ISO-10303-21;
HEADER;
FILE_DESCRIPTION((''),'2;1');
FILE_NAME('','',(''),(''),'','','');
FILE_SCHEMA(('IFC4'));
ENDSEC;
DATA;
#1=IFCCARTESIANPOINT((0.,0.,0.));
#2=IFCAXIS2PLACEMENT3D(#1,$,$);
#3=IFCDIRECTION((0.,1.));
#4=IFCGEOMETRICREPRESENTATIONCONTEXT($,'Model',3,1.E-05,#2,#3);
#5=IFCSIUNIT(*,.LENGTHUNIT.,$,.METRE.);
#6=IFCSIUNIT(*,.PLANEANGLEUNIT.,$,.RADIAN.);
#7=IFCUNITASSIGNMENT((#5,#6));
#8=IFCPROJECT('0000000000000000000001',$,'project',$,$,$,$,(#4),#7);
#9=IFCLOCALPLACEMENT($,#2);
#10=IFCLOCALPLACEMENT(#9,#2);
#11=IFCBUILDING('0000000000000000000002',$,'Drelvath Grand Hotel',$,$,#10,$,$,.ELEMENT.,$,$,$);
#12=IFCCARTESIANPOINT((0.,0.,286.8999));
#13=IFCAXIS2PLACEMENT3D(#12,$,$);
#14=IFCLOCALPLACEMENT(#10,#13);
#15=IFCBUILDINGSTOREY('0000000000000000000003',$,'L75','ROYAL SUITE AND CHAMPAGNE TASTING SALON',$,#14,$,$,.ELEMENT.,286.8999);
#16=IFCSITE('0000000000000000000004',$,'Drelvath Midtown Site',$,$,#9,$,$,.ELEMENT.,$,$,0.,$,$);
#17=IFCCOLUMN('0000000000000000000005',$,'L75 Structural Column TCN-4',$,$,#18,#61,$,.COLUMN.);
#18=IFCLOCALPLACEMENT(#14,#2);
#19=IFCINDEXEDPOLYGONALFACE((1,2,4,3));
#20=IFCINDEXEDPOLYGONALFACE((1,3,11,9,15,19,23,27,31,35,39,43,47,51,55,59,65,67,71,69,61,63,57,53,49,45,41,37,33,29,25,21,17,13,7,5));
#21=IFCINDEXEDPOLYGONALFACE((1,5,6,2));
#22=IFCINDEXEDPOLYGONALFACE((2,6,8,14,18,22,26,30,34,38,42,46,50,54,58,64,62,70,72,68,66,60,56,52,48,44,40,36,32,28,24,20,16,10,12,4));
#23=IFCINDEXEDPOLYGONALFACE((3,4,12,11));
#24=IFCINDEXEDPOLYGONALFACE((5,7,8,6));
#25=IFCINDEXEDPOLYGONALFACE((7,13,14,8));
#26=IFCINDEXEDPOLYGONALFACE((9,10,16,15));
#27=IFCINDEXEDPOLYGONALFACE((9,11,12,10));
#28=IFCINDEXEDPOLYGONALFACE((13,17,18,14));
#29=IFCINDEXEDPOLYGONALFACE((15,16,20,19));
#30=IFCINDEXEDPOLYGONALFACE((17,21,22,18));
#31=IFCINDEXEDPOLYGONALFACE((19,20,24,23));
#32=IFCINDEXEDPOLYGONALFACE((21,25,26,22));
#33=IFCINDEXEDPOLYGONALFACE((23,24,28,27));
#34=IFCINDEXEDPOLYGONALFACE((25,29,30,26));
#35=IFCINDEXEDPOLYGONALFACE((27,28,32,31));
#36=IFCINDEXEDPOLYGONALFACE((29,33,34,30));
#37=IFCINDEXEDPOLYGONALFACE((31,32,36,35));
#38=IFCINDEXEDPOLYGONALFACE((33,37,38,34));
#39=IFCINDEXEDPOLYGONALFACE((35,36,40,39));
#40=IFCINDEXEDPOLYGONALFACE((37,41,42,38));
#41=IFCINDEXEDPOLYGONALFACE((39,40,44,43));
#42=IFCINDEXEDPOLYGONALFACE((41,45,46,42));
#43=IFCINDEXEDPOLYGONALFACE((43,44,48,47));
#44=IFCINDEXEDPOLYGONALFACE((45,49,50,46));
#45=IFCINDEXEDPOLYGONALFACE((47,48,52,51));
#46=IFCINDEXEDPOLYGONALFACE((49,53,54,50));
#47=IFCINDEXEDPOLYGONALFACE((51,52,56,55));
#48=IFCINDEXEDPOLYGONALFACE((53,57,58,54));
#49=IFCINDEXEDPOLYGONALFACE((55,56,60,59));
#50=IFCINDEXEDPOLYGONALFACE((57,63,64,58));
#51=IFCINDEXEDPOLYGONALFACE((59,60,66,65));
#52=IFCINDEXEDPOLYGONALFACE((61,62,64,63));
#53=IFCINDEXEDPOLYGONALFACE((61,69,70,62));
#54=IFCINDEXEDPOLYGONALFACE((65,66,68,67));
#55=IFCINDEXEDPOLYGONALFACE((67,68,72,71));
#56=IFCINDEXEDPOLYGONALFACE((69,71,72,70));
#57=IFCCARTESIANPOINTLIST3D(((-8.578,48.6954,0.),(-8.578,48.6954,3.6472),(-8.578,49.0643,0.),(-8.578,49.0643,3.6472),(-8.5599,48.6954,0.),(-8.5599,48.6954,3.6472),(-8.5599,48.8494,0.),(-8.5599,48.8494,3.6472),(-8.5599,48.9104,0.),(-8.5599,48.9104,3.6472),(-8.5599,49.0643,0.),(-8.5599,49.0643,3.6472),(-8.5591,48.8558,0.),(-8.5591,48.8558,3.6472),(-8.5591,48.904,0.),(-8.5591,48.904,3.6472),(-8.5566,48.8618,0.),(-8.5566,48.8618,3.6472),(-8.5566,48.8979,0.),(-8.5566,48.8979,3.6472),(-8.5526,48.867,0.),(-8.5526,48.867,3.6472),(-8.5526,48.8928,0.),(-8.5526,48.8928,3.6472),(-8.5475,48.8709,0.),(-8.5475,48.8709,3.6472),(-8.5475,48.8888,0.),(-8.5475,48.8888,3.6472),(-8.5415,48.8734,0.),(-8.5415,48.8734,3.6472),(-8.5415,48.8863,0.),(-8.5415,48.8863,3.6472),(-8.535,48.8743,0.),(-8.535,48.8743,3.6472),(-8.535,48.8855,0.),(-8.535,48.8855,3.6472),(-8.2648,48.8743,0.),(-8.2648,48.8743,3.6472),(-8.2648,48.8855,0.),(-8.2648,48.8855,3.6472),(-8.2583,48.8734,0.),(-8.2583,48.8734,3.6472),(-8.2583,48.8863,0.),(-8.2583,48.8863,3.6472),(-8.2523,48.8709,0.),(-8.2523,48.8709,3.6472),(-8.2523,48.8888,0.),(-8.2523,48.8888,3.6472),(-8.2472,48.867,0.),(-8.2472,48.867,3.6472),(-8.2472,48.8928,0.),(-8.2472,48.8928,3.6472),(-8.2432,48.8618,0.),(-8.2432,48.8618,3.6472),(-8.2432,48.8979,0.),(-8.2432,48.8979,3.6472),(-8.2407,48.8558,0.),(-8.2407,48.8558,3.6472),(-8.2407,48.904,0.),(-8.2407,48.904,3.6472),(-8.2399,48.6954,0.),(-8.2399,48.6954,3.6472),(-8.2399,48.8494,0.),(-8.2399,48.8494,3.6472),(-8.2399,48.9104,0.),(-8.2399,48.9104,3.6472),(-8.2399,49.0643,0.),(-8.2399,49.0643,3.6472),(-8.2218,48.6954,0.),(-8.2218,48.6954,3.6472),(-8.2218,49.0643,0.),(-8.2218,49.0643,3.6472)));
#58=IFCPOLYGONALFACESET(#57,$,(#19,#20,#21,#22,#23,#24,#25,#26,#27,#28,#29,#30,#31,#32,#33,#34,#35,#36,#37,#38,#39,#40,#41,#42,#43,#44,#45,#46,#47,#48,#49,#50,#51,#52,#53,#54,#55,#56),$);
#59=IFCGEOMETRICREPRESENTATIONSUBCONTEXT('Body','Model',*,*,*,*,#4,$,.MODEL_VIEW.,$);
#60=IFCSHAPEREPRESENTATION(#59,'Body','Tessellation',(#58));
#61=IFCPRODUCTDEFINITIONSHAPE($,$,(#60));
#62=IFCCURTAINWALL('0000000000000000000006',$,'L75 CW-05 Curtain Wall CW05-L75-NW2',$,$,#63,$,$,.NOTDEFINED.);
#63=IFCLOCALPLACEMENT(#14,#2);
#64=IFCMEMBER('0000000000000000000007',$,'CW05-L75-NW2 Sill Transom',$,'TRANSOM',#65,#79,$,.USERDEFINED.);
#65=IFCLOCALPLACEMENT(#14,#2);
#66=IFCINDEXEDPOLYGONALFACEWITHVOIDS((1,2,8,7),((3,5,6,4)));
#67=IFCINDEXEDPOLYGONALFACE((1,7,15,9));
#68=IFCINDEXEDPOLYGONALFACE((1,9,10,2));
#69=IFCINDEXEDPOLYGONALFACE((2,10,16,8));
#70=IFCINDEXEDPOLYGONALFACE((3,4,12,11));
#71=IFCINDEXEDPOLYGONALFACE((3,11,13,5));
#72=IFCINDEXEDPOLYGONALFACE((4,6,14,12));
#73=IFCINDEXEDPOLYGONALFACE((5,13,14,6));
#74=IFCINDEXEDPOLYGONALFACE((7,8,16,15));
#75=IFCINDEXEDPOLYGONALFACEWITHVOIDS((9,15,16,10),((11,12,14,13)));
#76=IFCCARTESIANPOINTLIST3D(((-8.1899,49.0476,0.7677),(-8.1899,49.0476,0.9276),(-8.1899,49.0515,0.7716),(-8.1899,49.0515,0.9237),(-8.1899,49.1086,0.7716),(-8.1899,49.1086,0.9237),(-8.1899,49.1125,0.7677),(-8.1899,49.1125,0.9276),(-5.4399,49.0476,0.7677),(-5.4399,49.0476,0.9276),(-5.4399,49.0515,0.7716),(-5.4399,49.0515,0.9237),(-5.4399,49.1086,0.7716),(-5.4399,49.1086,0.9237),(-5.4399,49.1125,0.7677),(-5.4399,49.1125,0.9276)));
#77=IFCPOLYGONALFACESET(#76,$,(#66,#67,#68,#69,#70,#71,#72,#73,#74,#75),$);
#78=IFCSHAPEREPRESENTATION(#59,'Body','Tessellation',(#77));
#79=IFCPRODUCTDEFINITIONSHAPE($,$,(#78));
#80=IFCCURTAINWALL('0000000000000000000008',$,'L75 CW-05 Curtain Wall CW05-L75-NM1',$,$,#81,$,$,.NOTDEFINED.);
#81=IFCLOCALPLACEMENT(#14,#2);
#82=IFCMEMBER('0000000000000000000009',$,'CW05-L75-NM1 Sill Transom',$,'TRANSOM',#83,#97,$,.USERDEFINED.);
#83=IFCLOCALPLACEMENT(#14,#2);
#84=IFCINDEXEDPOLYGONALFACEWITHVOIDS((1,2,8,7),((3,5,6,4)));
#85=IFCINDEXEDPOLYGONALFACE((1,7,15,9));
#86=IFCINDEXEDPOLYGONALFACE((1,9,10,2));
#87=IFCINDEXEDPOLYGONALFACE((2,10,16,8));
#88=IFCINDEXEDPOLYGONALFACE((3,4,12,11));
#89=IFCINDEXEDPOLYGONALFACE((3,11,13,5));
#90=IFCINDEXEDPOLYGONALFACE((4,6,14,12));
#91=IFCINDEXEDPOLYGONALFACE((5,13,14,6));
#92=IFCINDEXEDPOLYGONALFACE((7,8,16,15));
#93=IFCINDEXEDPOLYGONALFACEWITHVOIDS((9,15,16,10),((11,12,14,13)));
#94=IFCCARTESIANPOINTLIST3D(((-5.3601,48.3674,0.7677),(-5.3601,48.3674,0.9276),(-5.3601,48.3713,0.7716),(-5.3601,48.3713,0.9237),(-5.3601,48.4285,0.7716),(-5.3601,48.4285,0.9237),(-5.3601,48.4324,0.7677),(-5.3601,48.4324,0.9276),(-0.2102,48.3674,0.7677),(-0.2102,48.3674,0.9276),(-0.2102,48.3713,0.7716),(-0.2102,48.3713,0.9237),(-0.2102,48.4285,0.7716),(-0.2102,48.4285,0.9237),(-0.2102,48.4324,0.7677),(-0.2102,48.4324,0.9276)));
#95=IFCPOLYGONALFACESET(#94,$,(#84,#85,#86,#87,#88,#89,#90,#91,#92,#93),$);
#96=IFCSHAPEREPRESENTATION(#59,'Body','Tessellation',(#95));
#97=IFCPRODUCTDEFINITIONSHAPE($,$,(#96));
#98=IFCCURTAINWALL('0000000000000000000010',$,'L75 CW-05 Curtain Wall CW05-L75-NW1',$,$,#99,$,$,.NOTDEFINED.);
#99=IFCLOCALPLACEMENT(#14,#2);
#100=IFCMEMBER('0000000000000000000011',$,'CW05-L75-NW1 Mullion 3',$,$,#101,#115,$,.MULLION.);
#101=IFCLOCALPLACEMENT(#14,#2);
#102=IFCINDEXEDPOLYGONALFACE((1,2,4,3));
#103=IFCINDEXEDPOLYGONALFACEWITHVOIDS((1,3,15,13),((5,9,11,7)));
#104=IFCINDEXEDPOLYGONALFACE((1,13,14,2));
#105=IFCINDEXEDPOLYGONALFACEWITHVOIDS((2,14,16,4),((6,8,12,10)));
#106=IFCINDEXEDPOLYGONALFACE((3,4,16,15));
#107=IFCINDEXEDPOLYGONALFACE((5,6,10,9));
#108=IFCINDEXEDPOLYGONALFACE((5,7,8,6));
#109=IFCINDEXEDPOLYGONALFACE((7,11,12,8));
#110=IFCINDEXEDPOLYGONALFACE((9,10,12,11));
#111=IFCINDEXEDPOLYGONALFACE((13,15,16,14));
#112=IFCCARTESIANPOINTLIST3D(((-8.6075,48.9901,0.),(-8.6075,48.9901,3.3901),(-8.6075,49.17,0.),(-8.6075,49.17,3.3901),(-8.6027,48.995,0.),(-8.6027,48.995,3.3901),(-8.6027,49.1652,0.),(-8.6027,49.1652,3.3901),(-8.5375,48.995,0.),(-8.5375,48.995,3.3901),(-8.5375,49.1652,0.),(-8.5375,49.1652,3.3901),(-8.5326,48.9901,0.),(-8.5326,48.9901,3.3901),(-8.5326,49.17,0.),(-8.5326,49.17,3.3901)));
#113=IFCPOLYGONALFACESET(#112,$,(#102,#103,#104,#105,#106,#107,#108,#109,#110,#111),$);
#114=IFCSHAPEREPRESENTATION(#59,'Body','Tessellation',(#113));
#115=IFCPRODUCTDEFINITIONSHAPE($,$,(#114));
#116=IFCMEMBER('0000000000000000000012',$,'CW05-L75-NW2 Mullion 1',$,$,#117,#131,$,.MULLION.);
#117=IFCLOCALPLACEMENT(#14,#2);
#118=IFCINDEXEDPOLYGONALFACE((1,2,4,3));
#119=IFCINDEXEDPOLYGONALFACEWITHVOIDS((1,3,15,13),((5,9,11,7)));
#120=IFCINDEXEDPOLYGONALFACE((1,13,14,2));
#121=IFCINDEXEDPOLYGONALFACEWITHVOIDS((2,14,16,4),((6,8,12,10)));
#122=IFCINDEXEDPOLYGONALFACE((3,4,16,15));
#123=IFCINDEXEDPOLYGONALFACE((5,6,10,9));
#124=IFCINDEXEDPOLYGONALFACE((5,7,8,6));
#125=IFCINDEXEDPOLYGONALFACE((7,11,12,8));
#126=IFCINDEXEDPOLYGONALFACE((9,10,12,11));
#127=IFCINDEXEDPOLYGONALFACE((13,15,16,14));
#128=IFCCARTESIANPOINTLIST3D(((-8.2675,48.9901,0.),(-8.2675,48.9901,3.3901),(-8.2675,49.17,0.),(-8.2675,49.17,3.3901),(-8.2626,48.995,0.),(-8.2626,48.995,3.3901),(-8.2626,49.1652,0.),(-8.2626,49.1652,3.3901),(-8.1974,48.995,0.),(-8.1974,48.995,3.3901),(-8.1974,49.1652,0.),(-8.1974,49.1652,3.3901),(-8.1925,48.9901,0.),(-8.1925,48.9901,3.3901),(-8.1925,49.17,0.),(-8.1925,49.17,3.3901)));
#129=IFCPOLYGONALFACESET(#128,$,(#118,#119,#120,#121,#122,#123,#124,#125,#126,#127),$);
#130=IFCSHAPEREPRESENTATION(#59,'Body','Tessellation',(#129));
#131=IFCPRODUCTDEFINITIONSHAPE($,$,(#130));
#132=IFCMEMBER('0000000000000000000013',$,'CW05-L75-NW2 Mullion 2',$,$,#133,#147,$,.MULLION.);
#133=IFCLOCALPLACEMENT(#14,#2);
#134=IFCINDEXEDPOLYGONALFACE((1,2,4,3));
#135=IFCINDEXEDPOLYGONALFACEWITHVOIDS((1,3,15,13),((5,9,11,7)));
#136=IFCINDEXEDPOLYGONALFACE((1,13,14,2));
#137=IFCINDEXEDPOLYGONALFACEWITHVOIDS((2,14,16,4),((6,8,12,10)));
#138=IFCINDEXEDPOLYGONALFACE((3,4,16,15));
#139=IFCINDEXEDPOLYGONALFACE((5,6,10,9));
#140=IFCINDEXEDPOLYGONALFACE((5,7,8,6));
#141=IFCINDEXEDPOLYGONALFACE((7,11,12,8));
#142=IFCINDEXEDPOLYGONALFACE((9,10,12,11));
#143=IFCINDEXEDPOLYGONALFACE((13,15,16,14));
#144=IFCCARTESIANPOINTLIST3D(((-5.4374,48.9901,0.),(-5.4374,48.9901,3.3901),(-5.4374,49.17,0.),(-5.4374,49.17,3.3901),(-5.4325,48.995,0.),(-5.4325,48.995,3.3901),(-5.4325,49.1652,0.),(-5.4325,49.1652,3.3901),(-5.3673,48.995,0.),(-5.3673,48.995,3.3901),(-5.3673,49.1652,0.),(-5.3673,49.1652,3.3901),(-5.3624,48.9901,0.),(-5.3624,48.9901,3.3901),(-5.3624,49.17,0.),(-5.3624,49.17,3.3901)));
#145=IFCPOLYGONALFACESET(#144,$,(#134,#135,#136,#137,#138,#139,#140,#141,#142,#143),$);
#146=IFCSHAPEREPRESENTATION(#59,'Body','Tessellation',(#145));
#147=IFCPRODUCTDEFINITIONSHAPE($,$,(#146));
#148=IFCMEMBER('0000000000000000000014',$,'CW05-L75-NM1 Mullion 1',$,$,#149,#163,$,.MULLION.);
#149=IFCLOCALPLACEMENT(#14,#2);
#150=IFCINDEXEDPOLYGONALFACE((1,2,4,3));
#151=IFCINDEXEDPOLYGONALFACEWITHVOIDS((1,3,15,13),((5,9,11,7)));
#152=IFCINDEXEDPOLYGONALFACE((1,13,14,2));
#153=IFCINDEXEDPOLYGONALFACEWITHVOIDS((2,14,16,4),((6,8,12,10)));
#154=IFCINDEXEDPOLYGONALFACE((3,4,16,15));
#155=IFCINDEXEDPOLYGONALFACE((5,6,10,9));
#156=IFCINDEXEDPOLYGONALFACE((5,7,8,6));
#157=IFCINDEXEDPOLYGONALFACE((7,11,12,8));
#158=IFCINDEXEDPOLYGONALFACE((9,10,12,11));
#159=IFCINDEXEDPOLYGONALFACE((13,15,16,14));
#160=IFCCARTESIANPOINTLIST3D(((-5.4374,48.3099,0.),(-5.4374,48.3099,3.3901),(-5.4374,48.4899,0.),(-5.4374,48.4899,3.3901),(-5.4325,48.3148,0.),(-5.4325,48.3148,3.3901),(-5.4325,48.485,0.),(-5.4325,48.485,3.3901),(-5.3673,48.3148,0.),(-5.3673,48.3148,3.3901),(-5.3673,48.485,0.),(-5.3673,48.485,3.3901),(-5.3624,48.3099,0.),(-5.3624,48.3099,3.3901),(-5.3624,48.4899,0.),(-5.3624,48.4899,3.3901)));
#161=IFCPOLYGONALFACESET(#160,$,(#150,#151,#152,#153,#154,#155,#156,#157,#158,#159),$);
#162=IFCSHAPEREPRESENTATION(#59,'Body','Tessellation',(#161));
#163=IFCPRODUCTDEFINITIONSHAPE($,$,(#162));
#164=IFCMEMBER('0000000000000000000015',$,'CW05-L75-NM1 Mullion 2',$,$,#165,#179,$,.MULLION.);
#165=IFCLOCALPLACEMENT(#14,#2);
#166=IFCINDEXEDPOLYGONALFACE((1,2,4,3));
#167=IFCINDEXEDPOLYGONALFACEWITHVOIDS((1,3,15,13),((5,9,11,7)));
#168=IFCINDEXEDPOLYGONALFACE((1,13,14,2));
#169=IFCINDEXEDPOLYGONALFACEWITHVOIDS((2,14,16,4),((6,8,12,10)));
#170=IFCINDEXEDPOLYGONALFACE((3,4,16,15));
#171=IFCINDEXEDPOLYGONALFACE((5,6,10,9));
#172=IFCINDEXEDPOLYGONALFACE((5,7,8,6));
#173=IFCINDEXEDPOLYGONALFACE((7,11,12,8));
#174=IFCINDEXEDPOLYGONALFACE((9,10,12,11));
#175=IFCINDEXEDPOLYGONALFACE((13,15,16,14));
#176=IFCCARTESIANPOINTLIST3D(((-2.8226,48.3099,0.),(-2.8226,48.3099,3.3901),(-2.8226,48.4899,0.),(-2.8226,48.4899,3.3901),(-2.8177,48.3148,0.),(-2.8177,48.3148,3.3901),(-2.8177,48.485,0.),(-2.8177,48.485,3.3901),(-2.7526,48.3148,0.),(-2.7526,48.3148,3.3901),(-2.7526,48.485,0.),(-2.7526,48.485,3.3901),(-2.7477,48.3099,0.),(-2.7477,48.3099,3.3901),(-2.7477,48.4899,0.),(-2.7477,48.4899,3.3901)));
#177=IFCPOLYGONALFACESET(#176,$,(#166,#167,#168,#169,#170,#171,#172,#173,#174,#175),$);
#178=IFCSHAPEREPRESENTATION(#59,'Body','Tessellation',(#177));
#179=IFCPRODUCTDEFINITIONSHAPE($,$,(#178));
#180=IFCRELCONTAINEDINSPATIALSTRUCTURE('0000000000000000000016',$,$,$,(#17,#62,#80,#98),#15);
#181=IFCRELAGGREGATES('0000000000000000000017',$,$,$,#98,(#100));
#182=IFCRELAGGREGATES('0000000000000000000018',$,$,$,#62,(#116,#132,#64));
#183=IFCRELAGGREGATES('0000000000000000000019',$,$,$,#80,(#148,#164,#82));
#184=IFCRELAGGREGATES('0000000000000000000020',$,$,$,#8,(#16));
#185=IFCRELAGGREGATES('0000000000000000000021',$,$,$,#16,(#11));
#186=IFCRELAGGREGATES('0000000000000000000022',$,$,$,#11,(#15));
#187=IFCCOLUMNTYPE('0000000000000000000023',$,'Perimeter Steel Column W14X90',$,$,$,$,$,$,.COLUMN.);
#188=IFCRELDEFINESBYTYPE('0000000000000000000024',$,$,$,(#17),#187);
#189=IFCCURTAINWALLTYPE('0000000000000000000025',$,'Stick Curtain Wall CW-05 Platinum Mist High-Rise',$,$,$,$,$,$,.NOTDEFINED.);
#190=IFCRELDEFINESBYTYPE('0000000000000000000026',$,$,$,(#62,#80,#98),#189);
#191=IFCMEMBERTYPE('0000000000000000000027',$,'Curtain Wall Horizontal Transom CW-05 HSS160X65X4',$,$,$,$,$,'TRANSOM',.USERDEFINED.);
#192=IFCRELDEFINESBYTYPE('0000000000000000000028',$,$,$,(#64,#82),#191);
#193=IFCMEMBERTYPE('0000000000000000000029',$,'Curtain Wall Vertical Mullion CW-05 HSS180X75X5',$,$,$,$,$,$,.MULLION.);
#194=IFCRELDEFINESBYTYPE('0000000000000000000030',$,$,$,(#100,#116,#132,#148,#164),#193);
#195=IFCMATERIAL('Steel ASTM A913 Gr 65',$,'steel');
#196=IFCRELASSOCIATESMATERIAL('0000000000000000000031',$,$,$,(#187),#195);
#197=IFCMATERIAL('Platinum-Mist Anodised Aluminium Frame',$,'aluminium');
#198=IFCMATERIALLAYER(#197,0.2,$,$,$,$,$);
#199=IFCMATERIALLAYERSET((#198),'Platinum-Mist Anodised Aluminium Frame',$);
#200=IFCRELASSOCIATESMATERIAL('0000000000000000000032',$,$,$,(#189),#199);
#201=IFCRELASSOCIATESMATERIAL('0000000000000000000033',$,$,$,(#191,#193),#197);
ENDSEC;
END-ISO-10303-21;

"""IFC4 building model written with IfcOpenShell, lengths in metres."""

from ifc_helpers import new_model, si_unit, direction, frame, origin, origin_2d, place, context, subcontext, project, spatial, hollow_rectangle, i_section, extrude, material, layer, layer_set, material_profile, profile_set, type_object, element, aggregate, save


model = new_model("IFC4")

# Units and contexts
model_context = context("Model", 3, precision=1e-05, world=origin(), true_north=direction((0.0, 1.0)))
body_context = subcontext(model_context, "Body", "Model", "MODEL_VIEW")
ifc_project = project(units=[si_unit("LENGTHUNIT", "METRE"), si_unit("PLANEANGLEUNIT", "RADIAN")], contexts=[model_context])

# Site, building, storey
site_placement = place(None, origin())
site = spatial("IfcSite", under=ifc_project, at=site_placement, Name="Drelvath Midtown Site", CompositionType="ELEMENT", RefElevation=0.0)
building_placement = place(site_placement, origin())
building = spatial("IfcBuilding", under=site, at=building_placement, Name="Drelvath Grand Hotel", CompositionType="ELEMENT")
storey_placement = place(building_placement, frame((0.0, 0.0, 286.8999)))
storey = spatial("IfcBuildingStorey", under=building, at=storey_placement, Name="L75", Description="ROYAL SUITE AND CHAMPAGNE TASTING SALON", CompositionType="ELEMENT", Elevation=286.8999)

# Column
ifc_material_1 = material(Name="Steel ASTM A913 Gr 65", Category="steel")
ifc_material_profile_1 = material_profile(ifc_material_1, i_section(OverallWidth=0.3689, OverallDepth=0.3562, WebThickness=0.0112, FlangeThickness=0.0181, FilletRadius=0.0249, at=origin_2d()), Name="W14X90")
ifc_profile_set_1 = profile_set([ifc_material_profile_1], Name="Steel ASTM A913 Gr 65")
column_type = type_object("IfcColumnType", Name="Perimeter Steel Column W14X90", PredefinedType="COLUMN", material=ifc_profile_set_1)
column_placement = place(storey_placement, frame((-8.3999, 48.8799, 0.0), z_axis=(0.0, 0.0, 1.0), x_axis=(0.0, 1.0, 0.0)))
element("IfcColumn", 1, at=column_placement, inside=storey, type_object=column_type, Name="L75 Structural Column TCN-4", PredefinedType="COLUMN", context=body_context, shape_type="SweptSolid", body=[
    extrude(i_section(OverallWidth=0.3689, OverallDepth=0.3562, WebThickness=0.0112, FlangeThickness=0.0181, FilletRadius=0.0249, at=origin_2d()), origin(), (0.0, 0.0, 1.0), 3.6472),
])

# Curtain walls, members
ifc_material_2 = material(Name="Platinum-Mist Anodised Aluminium Frame", Category="aluminium")
ifc_layer_1 = layer(ifc_material_2, 0.2)
ifc_layer_set_1 = layer_set([ifc_layer_1], Name="Platinum-Mist Anodised Aluminium Frame")
curtain_wall_type = type_object("IfcCurtainWallType", Name="Stick Curtain Wall CW-05 Platinum Mist High-Rise", PredefinedType="NOTDEFINED", material=ifc_layer_set_1)
curtain_wall_1_placement = place(storey_placement, origin())
curtain_wall_1 = element("IfcCurtainWall", 2, at=curtain_wall_1_placement, inside=storey, type_object=curtain_wall_type, Name="L75 CW-05 Curtain Wall CW05-L75-NW2", PredefinedType="NOTDEFINED")
ifc_material_profile_2 = material_profile(ifc_material_2, hollow_rectangle(XDim=0.0649, YDim=0.1599, WallThickness=0.0039, at=origin_2d()), Name="HSS160X65X4")
ifc_profile_set_2 = profile_set([ifc_material_profile_2], Name="Platinum-Mist Anodised Aluminium Frame")
member_type_1 = type_object("IfcMemberType", Name="Curtain Wall Horizontal Transom CW-05 HSS160X65X4", ElementType="TRANSOM", PredefinedType="USERDEFINED", material=ifc_profile_set_2)
member_1_placement = place(storey_placement, frame((-8.1899, 49.0801, 0.8477), z_axis=(1.0, 0.0, 0.0), x_axis=(0.0, 1.0, 0.0)))
member_1 = element("IfcMember", 3, at=member_1_placement, type_object=member_type_1, Name="CW05-L75-NW2 Sill Transom", ObjectType="TRANSOM", PredefinedType="USERDEFINED", context=body_context, shape_type="SweptSolid", body=[
    extrude(hollow_rectangle(XDim=0.0649, YDim=0.1599, WallThickness=0.0039, at=origin_2d()), origin(), (0.0, 0.0, 1.0), 2.75),
])
curtain_wall_2_placement = place(storey_placement, origin())
curtain_wall_2 = element("IfcCurtainWall", 4, at=curtain_wall_2_placement, inside=storey, type_object=curtain_wall_type, Name="L75 CW-05 Curtain Wall CW05-L75-NM1", PredefinedType="NOTDEFINED")
member_2_placement = place(storey_placement, frame((-5.3601, 48.3999, 0.8477), z_axis=(1.0, 0.0, 0.0), x_axis=(0.0, 1.0, 0.0)))
member_2 = element("IfcMember", 5, at=member_2_placement, type_object=member_type_1, Name="CW05-L75-NM1 Sill Transom", ObjectType="TRANSOM", PredefinedType="USERDEFINED", context=body_context, shape_type="SweptSolid", body=[
    extrude(hollow_rectangle(XDim=0.0649, YDim=0.1599, WallThickness=0.0039, at=origin_2d()), origin(), (0.0, 0.0, 1.0), 5.1499),
])
curtain_wall_3_placement = place(storey_placement, origin())
curtain_wall_3 = element("IfcCurtainWall", 6, at=curtain_wall_3_placement, inside=storey, type_object=curtain_wall_type, Name="L75 CW-05 Curtain Wall CW05-L75-NW1", PredefinedType="NOTDEFINED")
ifc_material_profile_3 = material_profile(ifc_material_2, hollow_rectangle(XDim=0.075, YDim=0.1799, WallThickness=0.0049, at=origin_2d()), Name="HSS180X75X5")
ifc_profile_set_3 = profile_set([ifc_material_profile_3], Name="Platinum-Mist Anodised Aluminium Frame")
member_type_2 = type_object("IfcMemberType", Name="Curtain Wall Vertical Mullion CW-05 HSS180X75X5", PredefinedType="MULLION", material=ifc_profile_set_3)
member_3_placement = place(storey_placement, frame((-8.5701, 49.0801, 0.0), z_axis=(0.0, 0.0, 1.0), x_axis=(1.0, 0.0, 0.0)))
member_3 = element("IfcMember", 7, at=member_3_placement, type_object=member_type_2, Name="CW05-L75-NW1 Mullion 3", PredefinedType="MULLION", context=body_context, shape_type="SweptSolid", body=[
    extrude(hollow_rectangle(XDim=0.075, YDim=0.1799, WallThickness=0.0049, at=origin_2d()), origin(), (0.0, 0.0, 1.0), 3.3901),
])

# Members
member_4_placement = place(storey_placement, frame((-8.23, 49.0801, 0.0), z_axis=(0.0, 0.0, 1.0), x_axis=(1.0, 0.0, 0.0)))
member_4 = element("IfcMember", 8, at=member_4_placement, type_object=member_type_2, Name="CW05-L75-NW2 Mullion 1", PredefinedType="MULLION", context=body_context, shape_type="SweptSolid", body=[
    extrude(hollow_rectangle(XDim=0.075, YDim=0.1799, WallThickness=0.0049, at=origin_2d()), origin(), (0.0, 0.0, 1.0), 3.3901),
])
member_5_placement = place(storey_placement, frame((-5.3999, 49.0801, 0.0), z_axis=(0.0, 0.0, 1.0), x_axis=(1.0, 0.0, 0.0)))
member_5 = element("IfcMember", 9, at=member_5_placement, type_object=member_type_2, Name="CW05-L75-NW2 Mullion 2", PredefinedType="MULLION", context=body_context, shape_type="SweptSolid", body=[
    extrude(hollow_rectangle(XDim=0.075, YDim=0.1799, WallThickness=0.0049, at=origin_2d()), origin(), (0.0, 0.0, 1.0), 3.3901),
])
member_6_placement = place(storey_placement, frame((-5.3999, 48.3999, 0.0), z_axis=(0.0, 0.0, 1.0), x_axis=(1.0, 0.0, 0.0)))
member_6 = element("IfcMember", 10, at=member_6_placement, type_object=member_type_2, Name="CW05-L75-NM1 Mullion 1", PredefinedType="MULLION", context=body_context, shape_type="SweptSolid", body=[
    extrude(hollow_rectangle(XDim=0.075, YDim=0.1799, WallThickness=0.0049, at=origin_2d()), origin(), (0.0, 0.0, 1.0), 3.3901),
])
member_7_placement = place(storey_placement, frame((-2.7852, 48.3999, 0.0), z_axis=(0.0, 0.0, 1.0), x_axis=(1.0, 0.0, 0.0)))
member_7 = element("IfcMember", 11, at=member_7_placement, type_object=member_type_2, Name="CW05-L75-NM1 Mullion 2", PredefinedType="MULLION", context=body_context, shape_type="SweptSolid", body=[
    extrude(hollow_rectangle(XDim=0.075, YDim=0.1799, WallThickness=0.0049, at=origin_2d()), origin(), (0.0, 0.0, 1.0), 3.3901),
])

aggregate(curtain_wall_3, [member_3])
aggregate(curtain_wall_1, [member_4, member_5, member_1])
aggregate(curtain_wall_2, [member_6, member_7, member_2])

save(model, "model.ifc")
